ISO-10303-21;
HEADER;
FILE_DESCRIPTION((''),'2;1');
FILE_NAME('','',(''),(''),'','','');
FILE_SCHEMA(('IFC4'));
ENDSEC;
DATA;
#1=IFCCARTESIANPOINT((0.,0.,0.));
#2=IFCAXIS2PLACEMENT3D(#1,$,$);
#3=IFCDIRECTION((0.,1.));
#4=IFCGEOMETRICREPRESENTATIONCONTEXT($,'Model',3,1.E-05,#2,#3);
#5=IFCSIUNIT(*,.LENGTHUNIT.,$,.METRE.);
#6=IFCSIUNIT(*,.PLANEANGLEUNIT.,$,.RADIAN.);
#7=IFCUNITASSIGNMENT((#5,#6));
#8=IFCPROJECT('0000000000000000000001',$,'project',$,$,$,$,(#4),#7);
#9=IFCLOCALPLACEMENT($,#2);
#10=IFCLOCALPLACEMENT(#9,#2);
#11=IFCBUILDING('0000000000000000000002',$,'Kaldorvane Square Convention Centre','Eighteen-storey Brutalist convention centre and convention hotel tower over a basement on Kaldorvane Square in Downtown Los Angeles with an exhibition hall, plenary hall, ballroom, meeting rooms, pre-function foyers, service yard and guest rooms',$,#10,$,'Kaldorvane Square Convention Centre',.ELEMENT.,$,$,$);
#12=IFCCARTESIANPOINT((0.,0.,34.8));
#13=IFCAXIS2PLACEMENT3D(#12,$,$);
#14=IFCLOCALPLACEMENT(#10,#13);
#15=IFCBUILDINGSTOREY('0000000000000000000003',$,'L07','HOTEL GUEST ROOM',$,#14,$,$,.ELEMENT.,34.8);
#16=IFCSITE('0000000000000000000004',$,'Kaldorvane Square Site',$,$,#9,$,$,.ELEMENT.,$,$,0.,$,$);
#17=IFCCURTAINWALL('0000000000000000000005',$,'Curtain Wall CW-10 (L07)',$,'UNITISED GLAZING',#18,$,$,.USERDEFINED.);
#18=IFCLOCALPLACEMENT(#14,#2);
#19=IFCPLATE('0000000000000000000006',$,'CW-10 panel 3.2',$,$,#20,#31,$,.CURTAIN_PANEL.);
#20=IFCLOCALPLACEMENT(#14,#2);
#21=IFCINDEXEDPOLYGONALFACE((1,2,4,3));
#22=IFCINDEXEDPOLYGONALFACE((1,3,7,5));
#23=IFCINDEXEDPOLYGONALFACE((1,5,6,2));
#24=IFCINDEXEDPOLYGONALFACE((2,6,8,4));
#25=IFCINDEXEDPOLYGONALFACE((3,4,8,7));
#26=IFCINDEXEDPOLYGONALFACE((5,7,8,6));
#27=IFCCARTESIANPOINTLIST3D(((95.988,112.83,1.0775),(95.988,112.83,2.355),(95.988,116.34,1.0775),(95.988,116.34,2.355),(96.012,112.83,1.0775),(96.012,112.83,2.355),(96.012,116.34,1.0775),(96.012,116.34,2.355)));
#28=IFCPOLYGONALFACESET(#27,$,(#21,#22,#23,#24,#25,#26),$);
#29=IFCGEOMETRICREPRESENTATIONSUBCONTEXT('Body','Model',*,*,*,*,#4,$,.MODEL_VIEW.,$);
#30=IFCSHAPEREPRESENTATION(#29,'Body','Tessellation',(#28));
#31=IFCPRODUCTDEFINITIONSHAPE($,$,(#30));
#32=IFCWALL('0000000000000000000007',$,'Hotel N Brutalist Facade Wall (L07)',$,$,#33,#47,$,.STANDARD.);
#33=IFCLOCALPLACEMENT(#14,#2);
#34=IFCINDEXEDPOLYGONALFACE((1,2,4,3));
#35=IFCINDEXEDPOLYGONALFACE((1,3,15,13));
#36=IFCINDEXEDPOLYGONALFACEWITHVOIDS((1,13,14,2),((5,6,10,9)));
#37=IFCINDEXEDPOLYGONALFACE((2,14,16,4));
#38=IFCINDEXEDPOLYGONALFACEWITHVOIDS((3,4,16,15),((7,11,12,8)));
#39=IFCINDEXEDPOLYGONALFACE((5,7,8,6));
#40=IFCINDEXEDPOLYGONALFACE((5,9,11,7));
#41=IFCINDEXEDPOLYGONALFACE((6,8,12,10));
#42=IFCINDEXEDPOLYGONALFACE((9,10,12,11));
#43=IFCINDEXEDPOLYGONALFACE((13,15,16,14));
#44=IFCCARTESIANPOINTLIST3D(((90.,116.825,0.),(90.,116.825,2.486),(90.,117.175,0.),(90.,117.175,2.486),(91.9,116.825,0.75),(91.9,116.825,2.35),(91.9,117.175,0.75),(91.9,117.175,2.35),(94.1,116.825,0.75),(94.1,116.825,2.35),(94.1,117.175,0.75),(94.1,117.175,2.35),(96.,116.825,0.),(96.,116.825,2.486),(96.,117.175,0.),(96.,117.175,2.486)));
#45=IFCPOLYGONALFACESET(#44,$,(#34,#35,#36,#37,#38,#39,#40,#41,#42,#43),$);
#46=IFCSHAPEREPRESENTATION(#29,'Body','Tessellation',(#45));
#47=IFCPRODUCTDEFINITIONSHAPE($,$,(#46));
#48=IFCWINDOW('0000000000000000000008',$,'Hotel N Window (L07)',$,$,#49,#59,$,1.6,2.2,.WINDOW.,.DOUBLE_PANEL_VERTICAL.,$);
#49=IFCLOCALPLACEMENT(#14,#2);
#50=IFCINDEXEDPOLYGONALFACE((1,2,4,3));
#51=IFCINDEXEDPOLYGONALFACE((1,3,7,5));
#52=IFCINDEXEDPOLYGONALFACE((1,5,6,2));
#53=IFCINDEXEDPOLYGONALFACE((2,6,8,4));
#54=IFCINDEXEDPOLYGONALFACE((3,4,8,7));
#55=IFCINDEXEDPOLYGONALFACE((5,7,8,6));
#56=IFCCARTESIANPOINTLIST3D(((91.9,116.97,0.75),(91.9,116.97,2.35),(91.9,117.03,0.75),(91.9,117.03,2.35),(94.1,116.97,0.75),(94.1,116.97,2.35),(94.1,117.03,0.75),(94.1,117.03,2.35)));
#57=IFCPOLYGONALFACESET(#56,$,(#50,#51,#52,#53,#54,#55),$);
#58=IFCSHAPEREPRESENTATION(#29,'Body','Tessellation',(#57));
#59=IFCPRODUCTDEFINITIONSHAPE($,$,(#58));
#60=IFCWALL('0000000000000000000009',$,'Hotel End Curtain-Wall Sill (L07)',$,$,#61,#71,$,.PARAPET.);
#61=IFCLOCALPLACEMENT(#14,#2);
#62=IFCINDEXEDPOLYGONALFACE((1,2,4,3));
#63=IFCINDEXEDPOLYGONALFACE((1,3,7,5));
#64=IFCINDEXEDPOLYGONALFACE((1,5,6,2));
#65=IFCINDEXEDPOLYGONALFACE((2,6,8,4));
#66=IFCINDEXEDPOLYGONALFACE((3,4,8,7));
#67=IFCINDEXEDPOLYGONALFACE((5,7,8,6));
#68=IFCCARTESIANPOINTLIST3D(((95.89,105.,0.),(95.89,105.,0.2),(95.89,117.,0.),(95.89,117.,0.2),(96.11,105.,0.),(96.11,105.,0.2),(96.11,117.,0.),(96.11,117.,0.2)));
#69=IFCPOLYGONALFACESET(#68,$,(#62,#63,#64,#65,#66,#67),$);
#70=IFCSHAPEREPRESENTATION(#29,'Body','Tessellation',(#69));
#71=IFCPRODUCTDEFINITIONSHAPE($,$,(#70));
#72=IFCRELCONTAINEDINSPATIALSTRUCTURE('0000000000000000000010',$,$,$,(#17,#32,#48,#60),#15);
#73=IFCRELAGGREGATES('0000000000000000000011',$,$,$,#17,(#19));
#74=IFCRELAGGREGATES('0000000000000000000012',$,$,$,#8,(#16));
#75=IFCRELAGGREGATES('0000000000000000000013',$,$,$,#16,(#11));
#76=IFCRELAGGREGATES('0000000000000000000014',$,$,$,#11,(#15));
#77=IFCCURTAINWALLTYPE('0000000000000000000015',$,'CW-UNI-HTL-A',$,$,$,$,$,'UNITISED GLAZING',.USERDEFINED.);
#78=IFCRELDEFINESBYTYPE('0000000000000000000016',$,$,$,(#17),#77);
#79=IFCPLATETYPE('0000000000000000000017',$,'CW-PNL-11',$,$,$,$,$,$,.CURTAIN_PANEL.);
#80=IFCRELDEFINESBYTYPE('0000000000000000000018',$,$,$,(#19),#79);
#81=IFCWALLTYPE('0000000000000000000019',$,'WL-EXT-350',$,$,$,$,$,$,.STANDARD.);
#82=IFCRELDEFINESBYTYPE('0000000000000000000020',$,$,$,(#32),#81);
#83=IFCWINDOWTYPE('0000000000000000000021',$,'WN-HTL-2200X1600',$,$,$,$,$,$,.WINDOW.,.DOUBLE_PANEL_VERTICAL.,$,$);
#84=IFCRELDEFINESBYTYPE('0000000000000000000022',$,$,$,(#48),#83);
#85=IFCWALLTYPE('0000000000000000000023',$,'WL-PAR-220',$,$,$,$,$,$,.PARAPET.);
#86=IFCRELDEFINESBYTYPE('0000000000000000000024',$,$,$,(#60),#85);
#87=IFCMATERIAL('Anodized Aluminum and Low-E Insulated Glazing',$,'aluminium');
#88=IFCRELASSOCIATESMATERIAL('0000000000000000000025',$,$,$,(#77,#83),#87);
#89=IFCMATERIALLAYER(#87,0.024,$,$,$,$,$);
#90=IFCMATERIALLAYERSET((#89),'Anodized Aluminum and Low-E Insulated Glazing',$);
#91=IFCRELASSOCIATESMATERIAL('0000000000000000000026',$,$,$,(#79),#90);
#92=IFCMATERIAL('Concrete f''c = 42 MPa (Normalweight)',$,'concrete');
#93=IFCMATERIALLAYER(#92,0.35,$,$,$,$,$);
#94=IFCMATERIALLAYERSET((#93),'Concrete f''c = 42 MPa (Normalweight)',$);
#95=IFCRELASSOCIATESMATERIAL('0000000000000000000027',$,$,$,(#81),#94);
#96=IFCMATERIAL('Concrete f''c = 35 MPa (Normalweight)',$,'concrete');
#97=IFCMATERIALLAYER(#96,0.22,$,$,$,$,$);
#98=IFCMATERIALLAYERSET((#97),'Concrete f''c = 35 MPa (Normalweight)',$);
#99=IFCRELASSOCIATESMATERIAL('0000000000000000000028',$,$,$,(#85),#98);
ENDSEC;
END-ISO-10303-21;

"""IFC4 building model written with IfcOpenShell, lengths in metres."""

from ifc_helpers import new_model, si_unit, direction, frame, frame_2d, origin, origin_2d, place, context, subcontext, project, spatial, rectangle, extrude, material, layer, layer_set, type_object, element, fill, aggregate, save


model = new_model("IFC4")

# Units and contexts
model_context = context("Model", 3, precision=1e-05, world=origin(), true_north=direction((0.0, 1.0)))
body_context = subcontext(model_context, "Body", "Model", "MODEL_VIEW")
ifc_project = project(units=[si_unit("LENGTHUNIT", "METRE"), si_unit("PLANEANGLEUNIT", "RADIAN")], contexts=[model_context])

# Site, building, storey
site_placement = place(None, origin())
site = spatial("IfcSite", under=ifc_project, at=site_placement, Name="Kaldorvane Square Site", CompositionType="ELEMENT", RefElevation=0.0)
building_placement = place(site_placement, origin())
building = spatial("IfcBuilding", under=site, at=building_placement, Name="Kaldorvane Square Convention Centre", Description="Eighteen-storey Brutalist convention centre and convention hotel tower over a basement on Kaldorvane Square in Downtown Los Angeles with an exhibition hall, plenary hall, ballroom, meeting rooms, pre-function foyers, service yard and guest rooms", LongName="Kaldorvane Square Convention Centre", CompositionType="ELEMENT")
storey_placement = place(building_placement, frame((0.0, 0.0, 34.8)))
storey = spatial("IfcBuildingStorey", under=building, at=storey_placement, Name="L07", Description="HOTEL GUEST ROOM", CompositionType="ELEMENT", Elevation=34.8)

# Curtain wall, plate
ifc_material_1 = material(Name="Anodized Aluminum and Low-E Insulated Glazing", Category="aluminium")
curtain_wall_type = type_object("IfcCurtainWallType", Name="CW-UNI-HTL-A", ElementType="UNITISED GLAZING", PredefinedType="USERDEFINED", material=ifc_material_1)
curtain_wall_placement = place(storey_placement, origin())
curtain_wall = element("IfcCurtainWall", 1, at=curtain_wall_placement, inside=storey, type_object=curtain_wall_type, Name="Curtain Wall CW-10 (L07)", ObjectType="UNITISED GLAZING", PredefinedType="USERDEFINED")
ifc_layer_1 = layer(ifc_material_1, 0.024)
ifc_layer_set_1 = layer_set([ifc_layer_1], Name="Anodized Aluminum and Low-E Insulated Glazing")
plate_type = type_object("IfcPlateType", Name="CW-PNL-11", PredefinedType="CURTAIN_PANEL", material=ifc_layer_set_1)
plate_1_placement = place(storey_placement, frame((96.0, 114.585, 1.0775), z_axis=(0.0, 0.0, 1.0), x_axis=(0.0, 1.0, 0.0)))
plate_1 = element("IfcPlate", 2, at=plate_1_placement, type_object=plate_type, Name="CW-10 panel 3.2", PredefinedType="CURTAIN_PANEL", context=body_context, shape_type="SweptSolid", body=[
    extrude(rectangle(XDim=3.51, YDim=0.024, at=origin_2d()), origin(), (0.0, 0.0, 1.0), 1.2775),
])
aggregate(curtain_wall, [plate_1])

# Wall, opening, window
ifc_material_2 = material(Name="Concrete f'c = 42 MPa (Normalweight)", Category="concrete")
ifc_layer_2 = layer(ifc_material_2, 0.35)
ifc_layer_set_2 = layer_set([ifc_layer_2], Name="Concrete f'c = 42 MPa (Normalweight)")
wall_type_1 = type_object("IfcWallType", Name="WL-EXT-350", PredefinedType="STANDARD", material=ifc_layer_set_2)
wall_1_placement = place(storey_placement, frame((96.0, 117.0, 0.0), z_axis=(0.0, 0.0, 1.0), x_axis=(-1.0, 0.0, 0.0)))
wall_1 = element("IfcWall", 3, at=wall_1_placement, inside=storey, type_object=wall_type_1, Name="Hotel N Brutalist Facade Wall (L07)", PredefinedType="STANDARD", context=body_context, shape_type="SweptSolid", body=[
    extrude(rectangle(XDim=6.0, YDim=0.35, at=frame_2d((3.0, 0.0))), origin(), (0.0, 0.0, 1.0), 2.486),
])
opening_placement = place(wall_1_placement, frame((1.9, 0.0, 0.75)))
opening = element("IfcOpeningElement", 4, at=opening_placement, cuts=wall_1, PredefinedType="OPENING", context=body_context, shape_type="SweptSolid", body=[
    extrude(rectangle(XDim=2.2, YDim=1.6, at=frame_2d((1.1, 0.8))), frame((0.0, 0.19, 0.0), z_axis=(0.0, -1.0, 0.0), x_axis=(1.0, 0.0, 0.0)), (0.0, 0.0, 1.0), 0.38),
])
window_type = type_object("IfcWindowType", Name="WN-HTL-2200X1600", PartitioningType="DOUBLE_PANEL_VERTICAL", PredefinedType="WINDOW", material=ifc_material_1)
window_placement = place(opening_placement, origin())
window = element("IfcWindow", 5, at=window_placement, inside=storey, type_object=window_type, Name="Hotel N Window (L07)", OverallHeight=1.6, OverallWidth=2.2, PartitioningType="DOUBLE_PANEL_VERTICAL", PredefinedType="WINDOW", context=body_context, shape_type="SweptSolid", body=[
    extrude(rectangle(XDim=2.2, YDim=1.6, at=frame_2d((1.1, 0.8))), frame((0.0, 0.03, 0.0), z_axis=(0.0, -1.0, 0.0), x_axis=(1.0, 0.0, 0.0)), (0.0, 0.0, 1.0), 0.06),
])
fill(opening, window)

# Wall
ifc_material_3 = material(Name="Concrete f'c = 35 MPa (Normalweight)", Category="concrete")
ifc_layer_3 = layer(ifc_material_3, 0.22)
ifc_layer_set_3 = layer_set([ifc_layer_3], Name="Concrete f'c = 35 MPa (Normalweight)")
wall_type_2 = type_object("IfcWallType", Name="WL-PAR-220", PredefinedType="PARAPET", material=ifc_layer_set_3)
wall_2_placement = place(storey_placement, frame((96.0, 105.0, 0.0), z_axis=(0.0, 0.0, 1.0), x_axis=(0.0, 1.0, 0.0)))
element("IfcWall", 6, at=wall_2_placement, inside=storey, type_object=wall_type_2, Name="Hotel End Curtain-Wall Sill (L07)", PredefinedType="PARAPET", context=body_context, shape_type="SweptSolid", body=[
    extrude(rectangle(XDim=12.0, YDim=0.22, at=frame_2d((6.0, 0.0))), origin(), (0.0, 0.0, 1.0), 0.2),
])

save(model, "model.ifc")
